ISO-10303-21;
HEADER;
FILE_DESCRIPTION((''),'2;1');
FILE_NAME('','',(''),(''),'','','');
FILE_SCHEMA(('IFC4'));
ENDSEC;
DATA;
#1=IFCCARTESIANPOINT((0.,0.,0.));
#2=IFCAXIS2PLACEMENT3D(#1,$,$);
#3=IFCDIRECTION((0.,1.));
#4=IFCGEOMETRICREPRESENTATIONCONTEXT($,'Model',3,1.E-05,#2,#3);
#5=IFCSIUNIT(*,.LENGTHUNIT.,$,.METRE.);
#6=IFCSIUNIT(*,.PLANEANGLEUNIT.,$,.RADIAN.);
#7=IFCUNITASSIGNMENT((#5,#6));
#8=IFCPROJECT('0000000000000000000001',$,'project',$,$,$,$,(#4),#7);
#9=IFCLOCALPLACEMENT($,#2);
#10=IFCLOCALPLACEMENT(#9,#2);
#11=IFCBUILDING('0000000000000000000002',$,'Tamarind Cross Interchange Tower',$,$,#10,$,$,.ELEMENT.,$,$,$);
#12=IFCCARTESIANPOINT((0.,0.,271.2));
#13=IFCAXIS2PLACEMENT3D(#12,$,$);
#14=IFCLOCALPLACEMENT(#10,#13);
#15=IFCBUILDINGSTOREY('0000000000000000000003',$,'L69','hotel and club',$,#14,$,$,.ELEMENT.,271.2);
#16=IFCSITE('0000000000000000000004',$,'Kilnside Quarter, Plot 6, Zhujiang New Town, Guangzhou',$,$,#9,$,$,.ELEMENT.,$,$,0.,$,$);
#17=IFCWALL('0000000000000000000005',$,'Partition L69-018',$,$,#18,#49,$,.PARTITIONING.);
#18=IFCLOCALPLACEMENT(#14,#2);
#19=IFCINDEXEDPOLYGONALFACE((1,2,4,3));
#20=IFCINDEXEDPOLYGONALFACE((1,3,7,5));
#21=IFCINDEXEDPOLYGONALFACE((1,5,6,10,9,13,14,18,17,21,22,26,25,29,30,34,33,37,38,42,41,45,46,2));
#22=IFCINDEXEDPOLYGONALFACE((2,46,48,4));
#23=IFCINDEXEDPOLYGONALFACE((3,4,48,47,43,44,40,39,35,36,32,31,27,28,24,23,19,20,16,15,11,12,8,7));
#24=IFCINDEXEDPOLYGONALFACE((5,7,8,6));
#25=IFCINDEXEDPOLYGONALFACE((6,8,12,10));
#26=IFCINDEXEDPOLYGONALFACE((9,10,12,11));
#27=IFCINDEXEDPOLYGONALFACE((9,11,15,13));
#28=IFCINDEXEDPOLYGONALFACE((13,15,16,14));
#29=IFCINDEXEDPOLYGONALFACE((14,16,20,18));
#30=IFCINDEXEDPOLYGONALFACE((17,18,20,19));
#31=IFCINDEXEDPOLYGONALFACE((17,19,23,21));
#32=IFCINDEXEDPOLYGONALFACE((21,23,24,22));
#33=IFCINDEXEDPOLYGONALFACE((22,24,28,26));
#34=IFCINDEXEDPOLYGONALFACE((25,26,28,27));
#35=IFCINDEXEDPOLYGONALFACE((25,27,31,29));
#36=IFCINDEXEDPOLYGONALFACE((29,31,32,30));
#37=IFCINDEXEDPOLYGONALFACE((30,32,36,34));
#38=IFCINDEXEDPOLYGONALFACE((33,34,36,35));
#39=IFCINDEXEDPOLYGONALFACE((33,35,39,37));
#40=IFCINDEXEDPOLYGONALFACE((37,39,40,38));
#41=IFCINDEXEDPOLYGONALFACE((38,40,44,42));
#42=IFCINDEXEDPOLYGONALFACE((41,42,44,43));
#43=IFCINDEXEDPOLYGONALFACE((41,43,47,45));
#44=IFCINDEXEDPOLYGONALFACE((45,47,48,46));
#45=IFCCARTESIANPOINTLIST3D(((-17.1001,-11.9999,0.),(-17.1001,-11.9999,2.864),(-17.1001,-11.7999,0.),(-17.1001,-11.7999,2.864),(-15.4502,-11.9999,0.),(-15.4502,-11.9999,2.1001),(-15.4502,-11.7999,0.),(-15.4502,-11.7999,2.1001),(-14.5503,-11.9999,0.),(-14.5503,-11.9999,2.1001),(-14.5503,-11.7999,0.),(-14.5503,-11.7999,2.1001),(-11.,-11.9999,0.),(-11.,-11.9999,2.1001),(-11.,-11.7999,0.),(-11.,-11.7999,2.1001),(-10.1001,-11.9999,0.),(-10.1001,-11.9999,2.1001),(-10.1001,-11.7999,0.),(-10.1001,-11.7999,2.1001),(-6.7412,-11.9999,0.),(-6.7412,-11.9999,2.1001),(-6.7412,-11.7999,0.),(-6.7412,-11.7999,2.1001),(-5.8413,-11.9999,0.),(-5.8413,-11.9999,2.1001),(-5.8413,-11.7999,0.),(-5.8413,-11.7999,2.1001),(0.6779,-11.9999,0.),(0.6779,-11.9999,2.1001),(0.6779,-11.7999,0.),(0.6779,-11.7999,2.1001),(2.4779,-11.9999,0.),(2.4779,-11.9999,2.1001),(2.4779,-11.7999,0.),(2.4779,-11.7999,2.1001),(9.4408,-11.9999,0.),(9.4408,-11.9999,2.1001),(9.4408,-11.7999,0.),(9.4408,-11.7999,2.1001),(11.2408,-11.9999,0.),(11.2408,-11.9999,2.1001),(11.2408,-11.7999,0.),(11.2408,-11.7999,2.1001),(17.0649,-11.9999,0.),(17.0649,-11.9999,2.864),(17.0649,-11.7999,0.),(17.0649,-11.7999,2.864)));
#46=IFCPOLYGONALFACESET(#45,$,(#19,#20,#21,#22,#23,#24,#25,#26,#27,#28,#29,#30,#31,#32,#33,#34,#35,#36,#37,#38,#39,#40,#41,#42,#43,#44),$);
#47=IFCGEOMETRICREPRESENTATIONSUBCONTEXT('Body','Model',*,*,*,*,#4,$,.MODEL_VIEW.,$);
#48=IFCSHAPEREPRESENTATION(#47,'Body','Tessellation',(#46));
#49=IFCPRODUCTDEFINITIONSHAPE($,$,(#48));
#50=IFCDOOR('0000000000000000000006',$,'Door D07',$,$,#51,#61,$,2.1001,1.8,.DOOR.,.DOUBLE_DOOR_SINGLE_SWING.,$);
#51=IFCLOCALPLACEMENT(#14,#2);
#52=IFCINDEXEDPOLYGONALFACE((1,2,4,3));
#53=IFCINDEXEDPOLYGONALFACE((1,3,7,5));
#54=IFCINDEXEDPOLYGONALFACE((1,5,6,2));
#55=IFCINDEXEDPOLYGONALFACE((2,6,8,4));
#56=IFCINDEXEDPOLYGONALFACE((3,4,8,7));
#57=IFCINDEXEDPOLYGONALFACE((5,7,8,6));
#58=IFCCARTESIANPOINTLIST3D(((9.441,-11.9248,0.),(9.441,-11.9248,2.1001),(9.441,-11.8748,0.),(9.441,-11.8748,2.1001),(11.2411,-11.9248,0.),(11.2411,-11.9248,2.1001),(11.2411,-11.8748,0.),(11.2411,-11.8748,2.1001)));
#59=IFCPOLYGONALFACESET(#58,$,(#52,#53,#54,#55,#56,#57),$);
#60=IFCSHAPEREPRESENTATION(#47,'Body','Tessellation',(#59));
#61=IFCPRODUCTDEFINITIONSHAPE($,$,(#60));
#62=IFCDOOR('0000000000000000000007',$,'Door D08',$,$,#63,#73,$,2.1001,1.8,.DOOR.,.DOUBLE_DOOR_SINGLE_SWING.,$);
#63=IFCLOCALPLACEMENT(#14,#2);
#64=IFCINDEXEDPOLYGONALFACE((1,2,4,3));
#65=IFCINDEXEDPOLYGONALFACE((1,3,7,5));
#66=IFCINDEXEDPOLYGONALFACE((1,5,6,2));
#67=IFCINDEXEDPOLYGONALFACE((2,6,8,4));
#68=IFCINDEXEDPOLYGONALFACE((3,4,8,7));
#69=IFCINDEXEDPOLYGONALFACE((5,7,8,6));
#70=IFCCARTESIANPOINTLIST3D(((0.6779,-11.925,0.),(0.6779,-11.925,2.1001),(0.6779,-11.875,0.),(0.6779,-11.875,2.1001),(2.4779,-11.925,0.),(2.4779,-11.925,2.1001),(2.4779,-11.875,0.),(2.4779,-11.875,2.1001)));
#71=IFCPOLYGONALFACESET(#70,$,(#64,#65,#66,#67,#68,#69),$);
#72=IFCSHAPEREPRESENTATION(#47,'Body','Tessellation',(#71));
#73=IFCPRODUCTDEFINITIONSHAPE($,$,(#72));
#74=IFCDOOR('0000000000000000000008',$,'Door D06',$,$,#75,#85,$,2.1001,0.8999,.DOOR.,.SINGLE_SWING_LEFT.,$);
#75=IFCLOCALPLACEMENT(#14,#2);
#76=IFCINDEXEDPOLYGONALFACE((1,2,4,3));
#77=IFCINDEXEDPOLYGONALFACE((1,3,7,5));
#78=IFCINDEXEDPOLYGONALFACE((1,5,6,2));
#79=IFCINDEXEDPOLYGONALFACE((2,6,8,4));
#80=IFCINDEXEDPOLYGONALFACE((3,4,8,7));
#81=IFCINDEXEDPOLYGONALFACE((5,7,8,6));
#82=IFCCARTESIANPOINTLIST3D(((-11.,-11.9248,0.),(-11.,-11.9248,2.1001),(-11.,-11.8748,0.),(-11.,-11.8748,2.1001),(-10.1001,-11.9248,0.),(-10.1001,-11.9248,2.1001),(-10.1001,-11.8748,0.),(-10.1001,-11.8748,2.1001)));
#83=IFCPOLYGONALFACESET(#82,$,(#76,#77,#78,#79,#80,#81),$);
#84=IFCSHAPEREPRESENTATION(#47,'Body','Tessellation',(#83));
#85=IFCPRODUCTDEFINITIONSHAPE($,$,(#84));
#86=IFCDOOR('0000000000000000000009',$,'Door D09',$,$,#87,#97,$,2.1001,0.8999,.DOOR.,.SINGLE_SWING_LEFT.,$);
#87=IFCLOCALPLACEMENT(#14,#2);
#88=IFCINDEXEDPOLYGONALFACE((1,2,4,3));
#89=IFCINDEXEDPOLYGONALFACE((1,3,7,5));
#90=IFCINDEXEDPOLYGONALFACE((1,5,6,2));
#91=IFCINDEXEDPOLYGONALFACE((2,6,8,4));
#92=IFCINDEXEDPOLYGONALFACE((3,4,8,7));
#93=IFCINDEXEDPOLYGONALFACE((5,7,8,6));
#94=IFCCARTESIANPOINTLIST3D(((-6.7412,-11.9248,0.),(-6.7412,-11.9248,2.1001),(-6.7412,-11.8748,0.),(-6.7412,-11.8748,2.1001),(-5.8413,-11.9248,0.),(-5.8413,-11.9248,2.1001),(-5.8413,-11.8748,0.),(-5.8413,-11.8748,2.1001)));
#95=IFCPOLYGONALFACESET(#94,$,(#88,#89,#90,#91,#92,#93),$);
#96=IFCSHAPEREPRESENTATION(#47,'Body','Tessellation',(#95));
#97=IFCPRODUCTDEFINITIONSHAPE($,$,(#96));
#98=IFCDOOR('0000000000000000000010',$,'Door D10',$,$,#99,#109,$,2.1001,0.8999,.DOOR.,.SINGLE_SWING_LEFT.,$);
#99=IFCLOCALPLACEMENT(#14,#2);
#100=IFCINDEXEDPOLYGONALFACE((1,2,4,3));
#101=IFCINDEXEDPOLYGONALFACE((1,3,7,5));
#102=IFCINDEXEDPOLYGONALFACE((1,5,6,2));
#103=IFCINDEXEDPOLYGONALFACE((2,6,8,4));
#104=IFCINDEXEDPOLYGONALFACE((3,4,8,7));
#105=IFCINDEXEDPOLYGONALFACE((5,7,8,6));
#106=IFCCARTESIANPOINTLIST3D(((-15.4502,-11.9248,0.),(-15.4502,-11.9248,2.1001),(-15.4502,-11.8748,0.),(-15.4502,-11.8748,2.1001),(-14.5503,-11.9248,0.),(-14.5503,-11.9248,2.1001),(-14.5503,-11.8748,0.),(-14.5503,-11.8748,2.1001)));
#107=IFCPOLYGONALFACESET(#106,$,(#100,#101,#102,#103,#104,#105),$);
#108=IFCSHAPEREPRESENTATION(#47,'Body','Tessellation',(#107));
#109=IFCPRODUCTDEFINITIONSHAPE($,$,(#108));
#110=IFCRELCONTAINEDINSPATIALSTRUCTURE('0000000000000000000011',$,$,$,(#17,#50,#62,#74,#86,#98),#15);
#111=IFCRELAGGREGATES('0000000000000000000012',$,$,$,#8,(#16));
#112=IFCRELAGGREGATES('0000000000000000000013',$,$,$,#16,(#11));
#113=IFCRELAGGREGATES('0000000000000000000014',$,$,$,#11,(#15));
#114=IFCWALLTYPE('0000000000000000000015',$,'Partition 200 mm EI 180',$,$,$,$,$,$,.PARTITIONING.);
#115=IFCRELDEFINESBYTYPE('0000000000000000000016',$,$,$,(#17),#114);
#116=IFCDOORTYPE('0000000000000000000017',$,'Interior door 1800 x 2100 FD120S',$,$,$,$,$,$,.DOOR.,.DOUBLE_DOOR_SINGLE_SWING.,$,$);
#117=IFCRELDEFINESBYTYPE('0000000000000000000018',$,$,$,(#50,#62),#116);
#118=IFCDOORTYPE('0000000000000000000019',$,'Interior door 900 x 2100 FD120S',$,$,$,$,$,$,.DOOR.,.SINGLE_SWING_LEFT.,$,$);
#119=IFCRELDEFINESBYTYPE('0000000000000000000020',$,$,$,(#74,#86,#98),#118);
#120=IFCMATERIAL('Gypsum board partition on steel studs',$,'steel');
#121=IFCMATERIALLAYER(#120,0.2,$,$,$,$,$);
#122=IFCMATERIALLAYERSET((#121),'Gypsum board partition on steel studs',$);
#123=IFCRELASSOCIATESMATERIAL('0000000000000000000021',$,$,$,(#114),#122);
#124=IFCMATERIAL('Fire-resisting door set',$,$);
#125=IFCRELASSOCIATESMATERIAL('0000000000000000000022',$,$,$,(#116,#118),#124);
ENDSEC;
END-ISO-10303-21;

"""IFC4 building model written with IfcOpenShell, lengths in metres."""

from ifc_helpers import new_model, si_unit, direction, frame, frame_2d, origin, place, context, subcontext, project, spatial, rectangle, extrude, material, layer, layer_set, type_object, element, fill, save


model = new_model("IFC4")

# Units and contexts
model_context = context("Model", 3, precision=1e-05, world=origin(), true_north=direction((0.0, 1.0)))
body_context = subcontext(model_context, "Body", "Model", "MODEL_VIEW")
ifc_project = project(units=[si_unit("LENGTHUNIT", "METRE"), si_unit("PLANEANGLEUNIT", "RADIAN")], contexts=[model_context])

# Site, building, storey
site_placement = place(None, origin())
site = spatial("IfcSite", under=ifc_project, at=site_placement, Name="Kilnside Quarter, Plot 6, Zhujiang New Town, Guangzhou", CompositionType="ELEMENT", RefElevation=0.0)
building_placement = place(site_placement, origin())
building = spatial("IfcBuilding", under=site, at=building_placement, Name="Tamarind Cross Interchange Tower", CompositionType="ELEMENT")
storey_placement = place(building_placement, frame((0.0, 0.0, 271.2)))
storey = spatial("IfcBuildingStorey", under=building, at=storey_placement, Name="L69", Description="hotel and club", CompositionType="ELEMENT", Elevation=271.2)

# Shared definitions
ifc_material_1 = material(Name="Gypsum board partition on steel studs", Category="steel")

# Shared definitions
ifc_material_2 = material(Name="Fire-resisting door set")

# Shared definitions
ifc_layer_1 = layer(ifc_material_1, 0.2)
ifc_layer_set_1 = layer_set([ifc_layer_1], Name="Gypsum board partition on steel studs")
wall_type_1 = type_object("IfcWallType", Name="Partition 200 mm EI 180", PredefinedType="PARTITIONING", material=ifc_layer_set_1)

# Wall, openings, doors
wall_1_placement = place(storey_placement, frame((-17.1001, -11.8999, 0.0), z_axis=(0.0, 0.0, 1.0), x_axis=(1.0, 0.0, 0.0)))
wall_1 = element("IfcWall", 1, at=wall_1_placement, inside=storey, type_object=wall_type_1, Name="Partition L69-018", PredefinedType="PARTITIONING", context=body_context, shape_type="SweptSolid", body=[
    extrude(rectangle(XDim=34.165, YDim=0.2, at=frame_2d((17.0825, 0.0))), origin(), (0.0, 0.0, 1.0), 2.864),
])
opening_1_placement = place(wall_1_placement, frame((6.1001, 0.0, 0.0)))
opening_1 = element("IfcOpeningElement", 2, at=opening_1_placement, cuts=wall_1, PredefinedType="OPENING", context=body_context, shape_type="SweptSolid", body=[
    extrude(rectangle(XDim=0.8999, YDim=2.1001, at=frame_2d((0.45, 1.05))), frame((0.0, 0.1099, 0.0), z_axis=(0.0, -1.0, 0.0), x_axis=(1.0, 0.0, 0.0)), (0.0, 0.0, 1.0), 0.22),
])
opening_2_placement = place(wall_1_placement, frame((26.541, 0.0, 0.0)))
opening_2 = element("IfcOpeningElement", 3, at=opening_2_placement, cuts=wall_1, PredefinedType="OPENING", context=body_context, shape_type="SweptSolid", body=[
    extrude(rectangle(XDim=1.8, YDim=2.1001, at=frame_2d((0.8999, 1.05))), frame((0.0, 0.1099, 0.0), z_axis=(0.0, -1.0, 0.0), x_axis=(1.0, 0.0, 0.0)), (0.0, 0.0, 1.0), 0.22),
])
opening_3_placement = place(wall_1_placement, frame((17.7781, 0.0, 0.0)))
opening_3 = element("IfcOpeningElement", 4, at=opening_3_placement, cuts=wall_1, PredefinedType="OPENING", context=body_context, shape_type="SweptSolid", body=[
    extrude(rectangle(XDim=1.8, YDim=2.1001, at=frame_2d((0.8999, 1.05))), frame((0.0, 0.1099, 0.0), z_axis=(0.0, -1.0, 0.0), x_axis=(1.0, 0.0, 0.0)), (0.0, 0.0, 1.0), 0.22),
])
opening_4_placement = place(wall_1_placement, frame((10.3589, 0.0, 0.0)))
opening_4 = element("IfcOpeningElement", 5, at=opening_4_placement, cuts=wall_1, PredefinedType="OPENING", context=body_context, shape_type="SweptSolid", body=[
    extrude(rectangle(XDim=0.8999, YDim=2.1001, at=frame_2d((0.45, 1.05))), frame((0.0, 0.1099, 0.0), z_axis=(0.0, -1.0, 0.0), x_axis=(1.0, 0.0, 0.0)), (0.0, 0.0, 1.0), 0.22),
])
opening_5_placement = place(wall_1_placement, frame((1.6499, 0.0, 0.0)))
opening_5 = element("IfcOpeningElement", 6, at=opening_5_placement, cuts=wall_1, PredefinedType="OPENING", context=body_context, shape_type="SweptSolid", body=[
    extrude(rectangle(XDim=0.8999, YDim=2.1001, at=frame_2d((0.45, 1.05))), frame((0.0, 0.1099, 0.0), z_axis=(0.0, -1.0, 0.0), x_axis=(1.0, 0.0, 0.0)), (0.0, 0.0, 1.0), 0.22),
])
door_type_1 = type_object("IfcDoorType", Name="Interior door 1800 x 2100 FD120S", OperationType="DOUBLE_DOOR_SINGLE_SWING", PredefinedType="DOOR", material=ifc_material_2)
door_1_placement = place(opening_2_placement, frame((1.8, 0.0, 0.0), z_axis=(0.0, 0.0, 1.0), x_axis=(-1.0, 0.0, 0.0)))
door_1 = element("IfcDoor", 7, at=door_1_placement, inside=storey, type_object=door_type_1, Name="Door D07", OperationType="DOUBLE_DOOR_SINGLE_SWING", OverallHeight=2.1001, OverallWidth=1.8, PredefinedType="DOOR", context=body_context, shape_type="SweptSolid", body=[
    extrude(rectangle(XDim=1.8, YDim=2.1001, at=frame_2d((0.8999, 1.05))), frame((0.0, 0.0249, 0.0), z_axis=(0.0, -1.0, 0.0), x_axis=(1.0, 0.0, 0.0)), (0.0, 0.0, 1.0), 0.05),
])
fill(opening_2, door_1)
door_2_placement = place(opening_3_placement, origin())
door_2 = element("IfcDoor", 8, at=door_2_placement, inside=storey, type_object=door_type_1, Name="Door D08", OperationType="DOUBLE_DOOR_SINGLE_SWING", OverallHeight=2.1001, OverallWidth=1.8, PredefinedType="DOOR", context=body_context, shape_type="SweptSolid", body=[
    extrude(rectangle(XDim=1.8, YDim=2.1001, at=frame_2d((0.8999, 1.05))), frame((0.0, 0.0249, 0.0), z_axis=(0.0, -1.0, 0.0), x_axis=(1.0, 0.0, 0.0)), (0.0, 0.0, 1.0), 0.05),
])
fill(opening_3, door_2)
door_type_2 = type_object("IfcDoorType", Name="Interior door 900 x 2100 FD120S", OperationType="SINGLE_SWING_LEFT", PredefinedType="DOOR", material=ifc_material_2)
door_3_placement = place(opening_1_placement, frame((0.8999, 0.0, 0.0), z_axis=(0.0, 0.0, 1.0), x_axis=(-1.0, 0.0, 0.0)))
door_3 = element("IfcDoor", 9, at=door_3_placement, inside=storey, type_object=door_type_2, Name="Door D06", OperationType="SINGLE_SWING_LEFT", OverallHeight=2.1001, OverallWidth=0.8999, PredefinedType="DOOR", context=body_context, shape_type="SweptSolid", body=[
    extrude(rectangle(XDim=0.8999, YDim=2.1001, at=frame_2d((0.45, 1.05))), frame((0.0, 0.0249, 0.0), z_axis=(0.0, -1.0, 0.0), x_axis=(1.0, 0.0, 0.0)), (0.0, 0.0, 1.0), 0.05),
])
fill(opening_1, door_3)
door_4_placement = place(opening_4_placement, frame((0.8999, 0.0, 0.0), z_axis=(0.0, 0.0, 1.0), x_axis=(-1.0, 0.0, 0.0)))
door_4 = element("IfcDoor", 10, at=door_4_placement, inside=storey, type_object=door_type_2, Name="Door D09", OperationType="SINGLE_SWING_LEFT", OverallHeight=2.1001, OverallWidth=0.8999, PredefinedType="DOOR", context=body_context, shape_type="SweptSolid", body=[
    extrude(rectangle(XDim=0.8999, YDim=2.1001, at=frame_2d((0.45, 1.05))), frame((0.0, 0.0249, 0.0), z_axis=(0.0, -1.0, 0.0), x_axis=(1.0, 0.0, 0.0)), (0.0, 0.0, 1.0), 0.05),
])
fill(opening_4, door_4)
door_5_placement = place(opening_5_placement, frame((0.8999, 0.0, 0.0), z_axis=(0.0, 0.0, 1.0), x_axis=(-1.0, 0.0, 0.0)))
door_5 = element("IfcDoor", 11, at=door_5_placement, inside=storey, type_object=door_type_2, Name="Door D10", OperationType="SINGLE_SWING_LEFT", OverallHeight=2.1001, OverallWidth=0.8999, PredefinedType="DOOR", context=body_context, shape_type="SweptSolid", body=[
    extrude(rectangle(XDim=0.8999, YDim=2.1001, at=frame_2d((0.45, 1.05))), frame((0.0, 0.0249, 0.0), z_axis=(0.0, -1.0, 0.0), x_axis=(1.0, 0.0, 0.0)), (0.0, 0.0, 1.0), 0.05),
])
fill(opening_5, door_5)

save(model, "model.ifc")
